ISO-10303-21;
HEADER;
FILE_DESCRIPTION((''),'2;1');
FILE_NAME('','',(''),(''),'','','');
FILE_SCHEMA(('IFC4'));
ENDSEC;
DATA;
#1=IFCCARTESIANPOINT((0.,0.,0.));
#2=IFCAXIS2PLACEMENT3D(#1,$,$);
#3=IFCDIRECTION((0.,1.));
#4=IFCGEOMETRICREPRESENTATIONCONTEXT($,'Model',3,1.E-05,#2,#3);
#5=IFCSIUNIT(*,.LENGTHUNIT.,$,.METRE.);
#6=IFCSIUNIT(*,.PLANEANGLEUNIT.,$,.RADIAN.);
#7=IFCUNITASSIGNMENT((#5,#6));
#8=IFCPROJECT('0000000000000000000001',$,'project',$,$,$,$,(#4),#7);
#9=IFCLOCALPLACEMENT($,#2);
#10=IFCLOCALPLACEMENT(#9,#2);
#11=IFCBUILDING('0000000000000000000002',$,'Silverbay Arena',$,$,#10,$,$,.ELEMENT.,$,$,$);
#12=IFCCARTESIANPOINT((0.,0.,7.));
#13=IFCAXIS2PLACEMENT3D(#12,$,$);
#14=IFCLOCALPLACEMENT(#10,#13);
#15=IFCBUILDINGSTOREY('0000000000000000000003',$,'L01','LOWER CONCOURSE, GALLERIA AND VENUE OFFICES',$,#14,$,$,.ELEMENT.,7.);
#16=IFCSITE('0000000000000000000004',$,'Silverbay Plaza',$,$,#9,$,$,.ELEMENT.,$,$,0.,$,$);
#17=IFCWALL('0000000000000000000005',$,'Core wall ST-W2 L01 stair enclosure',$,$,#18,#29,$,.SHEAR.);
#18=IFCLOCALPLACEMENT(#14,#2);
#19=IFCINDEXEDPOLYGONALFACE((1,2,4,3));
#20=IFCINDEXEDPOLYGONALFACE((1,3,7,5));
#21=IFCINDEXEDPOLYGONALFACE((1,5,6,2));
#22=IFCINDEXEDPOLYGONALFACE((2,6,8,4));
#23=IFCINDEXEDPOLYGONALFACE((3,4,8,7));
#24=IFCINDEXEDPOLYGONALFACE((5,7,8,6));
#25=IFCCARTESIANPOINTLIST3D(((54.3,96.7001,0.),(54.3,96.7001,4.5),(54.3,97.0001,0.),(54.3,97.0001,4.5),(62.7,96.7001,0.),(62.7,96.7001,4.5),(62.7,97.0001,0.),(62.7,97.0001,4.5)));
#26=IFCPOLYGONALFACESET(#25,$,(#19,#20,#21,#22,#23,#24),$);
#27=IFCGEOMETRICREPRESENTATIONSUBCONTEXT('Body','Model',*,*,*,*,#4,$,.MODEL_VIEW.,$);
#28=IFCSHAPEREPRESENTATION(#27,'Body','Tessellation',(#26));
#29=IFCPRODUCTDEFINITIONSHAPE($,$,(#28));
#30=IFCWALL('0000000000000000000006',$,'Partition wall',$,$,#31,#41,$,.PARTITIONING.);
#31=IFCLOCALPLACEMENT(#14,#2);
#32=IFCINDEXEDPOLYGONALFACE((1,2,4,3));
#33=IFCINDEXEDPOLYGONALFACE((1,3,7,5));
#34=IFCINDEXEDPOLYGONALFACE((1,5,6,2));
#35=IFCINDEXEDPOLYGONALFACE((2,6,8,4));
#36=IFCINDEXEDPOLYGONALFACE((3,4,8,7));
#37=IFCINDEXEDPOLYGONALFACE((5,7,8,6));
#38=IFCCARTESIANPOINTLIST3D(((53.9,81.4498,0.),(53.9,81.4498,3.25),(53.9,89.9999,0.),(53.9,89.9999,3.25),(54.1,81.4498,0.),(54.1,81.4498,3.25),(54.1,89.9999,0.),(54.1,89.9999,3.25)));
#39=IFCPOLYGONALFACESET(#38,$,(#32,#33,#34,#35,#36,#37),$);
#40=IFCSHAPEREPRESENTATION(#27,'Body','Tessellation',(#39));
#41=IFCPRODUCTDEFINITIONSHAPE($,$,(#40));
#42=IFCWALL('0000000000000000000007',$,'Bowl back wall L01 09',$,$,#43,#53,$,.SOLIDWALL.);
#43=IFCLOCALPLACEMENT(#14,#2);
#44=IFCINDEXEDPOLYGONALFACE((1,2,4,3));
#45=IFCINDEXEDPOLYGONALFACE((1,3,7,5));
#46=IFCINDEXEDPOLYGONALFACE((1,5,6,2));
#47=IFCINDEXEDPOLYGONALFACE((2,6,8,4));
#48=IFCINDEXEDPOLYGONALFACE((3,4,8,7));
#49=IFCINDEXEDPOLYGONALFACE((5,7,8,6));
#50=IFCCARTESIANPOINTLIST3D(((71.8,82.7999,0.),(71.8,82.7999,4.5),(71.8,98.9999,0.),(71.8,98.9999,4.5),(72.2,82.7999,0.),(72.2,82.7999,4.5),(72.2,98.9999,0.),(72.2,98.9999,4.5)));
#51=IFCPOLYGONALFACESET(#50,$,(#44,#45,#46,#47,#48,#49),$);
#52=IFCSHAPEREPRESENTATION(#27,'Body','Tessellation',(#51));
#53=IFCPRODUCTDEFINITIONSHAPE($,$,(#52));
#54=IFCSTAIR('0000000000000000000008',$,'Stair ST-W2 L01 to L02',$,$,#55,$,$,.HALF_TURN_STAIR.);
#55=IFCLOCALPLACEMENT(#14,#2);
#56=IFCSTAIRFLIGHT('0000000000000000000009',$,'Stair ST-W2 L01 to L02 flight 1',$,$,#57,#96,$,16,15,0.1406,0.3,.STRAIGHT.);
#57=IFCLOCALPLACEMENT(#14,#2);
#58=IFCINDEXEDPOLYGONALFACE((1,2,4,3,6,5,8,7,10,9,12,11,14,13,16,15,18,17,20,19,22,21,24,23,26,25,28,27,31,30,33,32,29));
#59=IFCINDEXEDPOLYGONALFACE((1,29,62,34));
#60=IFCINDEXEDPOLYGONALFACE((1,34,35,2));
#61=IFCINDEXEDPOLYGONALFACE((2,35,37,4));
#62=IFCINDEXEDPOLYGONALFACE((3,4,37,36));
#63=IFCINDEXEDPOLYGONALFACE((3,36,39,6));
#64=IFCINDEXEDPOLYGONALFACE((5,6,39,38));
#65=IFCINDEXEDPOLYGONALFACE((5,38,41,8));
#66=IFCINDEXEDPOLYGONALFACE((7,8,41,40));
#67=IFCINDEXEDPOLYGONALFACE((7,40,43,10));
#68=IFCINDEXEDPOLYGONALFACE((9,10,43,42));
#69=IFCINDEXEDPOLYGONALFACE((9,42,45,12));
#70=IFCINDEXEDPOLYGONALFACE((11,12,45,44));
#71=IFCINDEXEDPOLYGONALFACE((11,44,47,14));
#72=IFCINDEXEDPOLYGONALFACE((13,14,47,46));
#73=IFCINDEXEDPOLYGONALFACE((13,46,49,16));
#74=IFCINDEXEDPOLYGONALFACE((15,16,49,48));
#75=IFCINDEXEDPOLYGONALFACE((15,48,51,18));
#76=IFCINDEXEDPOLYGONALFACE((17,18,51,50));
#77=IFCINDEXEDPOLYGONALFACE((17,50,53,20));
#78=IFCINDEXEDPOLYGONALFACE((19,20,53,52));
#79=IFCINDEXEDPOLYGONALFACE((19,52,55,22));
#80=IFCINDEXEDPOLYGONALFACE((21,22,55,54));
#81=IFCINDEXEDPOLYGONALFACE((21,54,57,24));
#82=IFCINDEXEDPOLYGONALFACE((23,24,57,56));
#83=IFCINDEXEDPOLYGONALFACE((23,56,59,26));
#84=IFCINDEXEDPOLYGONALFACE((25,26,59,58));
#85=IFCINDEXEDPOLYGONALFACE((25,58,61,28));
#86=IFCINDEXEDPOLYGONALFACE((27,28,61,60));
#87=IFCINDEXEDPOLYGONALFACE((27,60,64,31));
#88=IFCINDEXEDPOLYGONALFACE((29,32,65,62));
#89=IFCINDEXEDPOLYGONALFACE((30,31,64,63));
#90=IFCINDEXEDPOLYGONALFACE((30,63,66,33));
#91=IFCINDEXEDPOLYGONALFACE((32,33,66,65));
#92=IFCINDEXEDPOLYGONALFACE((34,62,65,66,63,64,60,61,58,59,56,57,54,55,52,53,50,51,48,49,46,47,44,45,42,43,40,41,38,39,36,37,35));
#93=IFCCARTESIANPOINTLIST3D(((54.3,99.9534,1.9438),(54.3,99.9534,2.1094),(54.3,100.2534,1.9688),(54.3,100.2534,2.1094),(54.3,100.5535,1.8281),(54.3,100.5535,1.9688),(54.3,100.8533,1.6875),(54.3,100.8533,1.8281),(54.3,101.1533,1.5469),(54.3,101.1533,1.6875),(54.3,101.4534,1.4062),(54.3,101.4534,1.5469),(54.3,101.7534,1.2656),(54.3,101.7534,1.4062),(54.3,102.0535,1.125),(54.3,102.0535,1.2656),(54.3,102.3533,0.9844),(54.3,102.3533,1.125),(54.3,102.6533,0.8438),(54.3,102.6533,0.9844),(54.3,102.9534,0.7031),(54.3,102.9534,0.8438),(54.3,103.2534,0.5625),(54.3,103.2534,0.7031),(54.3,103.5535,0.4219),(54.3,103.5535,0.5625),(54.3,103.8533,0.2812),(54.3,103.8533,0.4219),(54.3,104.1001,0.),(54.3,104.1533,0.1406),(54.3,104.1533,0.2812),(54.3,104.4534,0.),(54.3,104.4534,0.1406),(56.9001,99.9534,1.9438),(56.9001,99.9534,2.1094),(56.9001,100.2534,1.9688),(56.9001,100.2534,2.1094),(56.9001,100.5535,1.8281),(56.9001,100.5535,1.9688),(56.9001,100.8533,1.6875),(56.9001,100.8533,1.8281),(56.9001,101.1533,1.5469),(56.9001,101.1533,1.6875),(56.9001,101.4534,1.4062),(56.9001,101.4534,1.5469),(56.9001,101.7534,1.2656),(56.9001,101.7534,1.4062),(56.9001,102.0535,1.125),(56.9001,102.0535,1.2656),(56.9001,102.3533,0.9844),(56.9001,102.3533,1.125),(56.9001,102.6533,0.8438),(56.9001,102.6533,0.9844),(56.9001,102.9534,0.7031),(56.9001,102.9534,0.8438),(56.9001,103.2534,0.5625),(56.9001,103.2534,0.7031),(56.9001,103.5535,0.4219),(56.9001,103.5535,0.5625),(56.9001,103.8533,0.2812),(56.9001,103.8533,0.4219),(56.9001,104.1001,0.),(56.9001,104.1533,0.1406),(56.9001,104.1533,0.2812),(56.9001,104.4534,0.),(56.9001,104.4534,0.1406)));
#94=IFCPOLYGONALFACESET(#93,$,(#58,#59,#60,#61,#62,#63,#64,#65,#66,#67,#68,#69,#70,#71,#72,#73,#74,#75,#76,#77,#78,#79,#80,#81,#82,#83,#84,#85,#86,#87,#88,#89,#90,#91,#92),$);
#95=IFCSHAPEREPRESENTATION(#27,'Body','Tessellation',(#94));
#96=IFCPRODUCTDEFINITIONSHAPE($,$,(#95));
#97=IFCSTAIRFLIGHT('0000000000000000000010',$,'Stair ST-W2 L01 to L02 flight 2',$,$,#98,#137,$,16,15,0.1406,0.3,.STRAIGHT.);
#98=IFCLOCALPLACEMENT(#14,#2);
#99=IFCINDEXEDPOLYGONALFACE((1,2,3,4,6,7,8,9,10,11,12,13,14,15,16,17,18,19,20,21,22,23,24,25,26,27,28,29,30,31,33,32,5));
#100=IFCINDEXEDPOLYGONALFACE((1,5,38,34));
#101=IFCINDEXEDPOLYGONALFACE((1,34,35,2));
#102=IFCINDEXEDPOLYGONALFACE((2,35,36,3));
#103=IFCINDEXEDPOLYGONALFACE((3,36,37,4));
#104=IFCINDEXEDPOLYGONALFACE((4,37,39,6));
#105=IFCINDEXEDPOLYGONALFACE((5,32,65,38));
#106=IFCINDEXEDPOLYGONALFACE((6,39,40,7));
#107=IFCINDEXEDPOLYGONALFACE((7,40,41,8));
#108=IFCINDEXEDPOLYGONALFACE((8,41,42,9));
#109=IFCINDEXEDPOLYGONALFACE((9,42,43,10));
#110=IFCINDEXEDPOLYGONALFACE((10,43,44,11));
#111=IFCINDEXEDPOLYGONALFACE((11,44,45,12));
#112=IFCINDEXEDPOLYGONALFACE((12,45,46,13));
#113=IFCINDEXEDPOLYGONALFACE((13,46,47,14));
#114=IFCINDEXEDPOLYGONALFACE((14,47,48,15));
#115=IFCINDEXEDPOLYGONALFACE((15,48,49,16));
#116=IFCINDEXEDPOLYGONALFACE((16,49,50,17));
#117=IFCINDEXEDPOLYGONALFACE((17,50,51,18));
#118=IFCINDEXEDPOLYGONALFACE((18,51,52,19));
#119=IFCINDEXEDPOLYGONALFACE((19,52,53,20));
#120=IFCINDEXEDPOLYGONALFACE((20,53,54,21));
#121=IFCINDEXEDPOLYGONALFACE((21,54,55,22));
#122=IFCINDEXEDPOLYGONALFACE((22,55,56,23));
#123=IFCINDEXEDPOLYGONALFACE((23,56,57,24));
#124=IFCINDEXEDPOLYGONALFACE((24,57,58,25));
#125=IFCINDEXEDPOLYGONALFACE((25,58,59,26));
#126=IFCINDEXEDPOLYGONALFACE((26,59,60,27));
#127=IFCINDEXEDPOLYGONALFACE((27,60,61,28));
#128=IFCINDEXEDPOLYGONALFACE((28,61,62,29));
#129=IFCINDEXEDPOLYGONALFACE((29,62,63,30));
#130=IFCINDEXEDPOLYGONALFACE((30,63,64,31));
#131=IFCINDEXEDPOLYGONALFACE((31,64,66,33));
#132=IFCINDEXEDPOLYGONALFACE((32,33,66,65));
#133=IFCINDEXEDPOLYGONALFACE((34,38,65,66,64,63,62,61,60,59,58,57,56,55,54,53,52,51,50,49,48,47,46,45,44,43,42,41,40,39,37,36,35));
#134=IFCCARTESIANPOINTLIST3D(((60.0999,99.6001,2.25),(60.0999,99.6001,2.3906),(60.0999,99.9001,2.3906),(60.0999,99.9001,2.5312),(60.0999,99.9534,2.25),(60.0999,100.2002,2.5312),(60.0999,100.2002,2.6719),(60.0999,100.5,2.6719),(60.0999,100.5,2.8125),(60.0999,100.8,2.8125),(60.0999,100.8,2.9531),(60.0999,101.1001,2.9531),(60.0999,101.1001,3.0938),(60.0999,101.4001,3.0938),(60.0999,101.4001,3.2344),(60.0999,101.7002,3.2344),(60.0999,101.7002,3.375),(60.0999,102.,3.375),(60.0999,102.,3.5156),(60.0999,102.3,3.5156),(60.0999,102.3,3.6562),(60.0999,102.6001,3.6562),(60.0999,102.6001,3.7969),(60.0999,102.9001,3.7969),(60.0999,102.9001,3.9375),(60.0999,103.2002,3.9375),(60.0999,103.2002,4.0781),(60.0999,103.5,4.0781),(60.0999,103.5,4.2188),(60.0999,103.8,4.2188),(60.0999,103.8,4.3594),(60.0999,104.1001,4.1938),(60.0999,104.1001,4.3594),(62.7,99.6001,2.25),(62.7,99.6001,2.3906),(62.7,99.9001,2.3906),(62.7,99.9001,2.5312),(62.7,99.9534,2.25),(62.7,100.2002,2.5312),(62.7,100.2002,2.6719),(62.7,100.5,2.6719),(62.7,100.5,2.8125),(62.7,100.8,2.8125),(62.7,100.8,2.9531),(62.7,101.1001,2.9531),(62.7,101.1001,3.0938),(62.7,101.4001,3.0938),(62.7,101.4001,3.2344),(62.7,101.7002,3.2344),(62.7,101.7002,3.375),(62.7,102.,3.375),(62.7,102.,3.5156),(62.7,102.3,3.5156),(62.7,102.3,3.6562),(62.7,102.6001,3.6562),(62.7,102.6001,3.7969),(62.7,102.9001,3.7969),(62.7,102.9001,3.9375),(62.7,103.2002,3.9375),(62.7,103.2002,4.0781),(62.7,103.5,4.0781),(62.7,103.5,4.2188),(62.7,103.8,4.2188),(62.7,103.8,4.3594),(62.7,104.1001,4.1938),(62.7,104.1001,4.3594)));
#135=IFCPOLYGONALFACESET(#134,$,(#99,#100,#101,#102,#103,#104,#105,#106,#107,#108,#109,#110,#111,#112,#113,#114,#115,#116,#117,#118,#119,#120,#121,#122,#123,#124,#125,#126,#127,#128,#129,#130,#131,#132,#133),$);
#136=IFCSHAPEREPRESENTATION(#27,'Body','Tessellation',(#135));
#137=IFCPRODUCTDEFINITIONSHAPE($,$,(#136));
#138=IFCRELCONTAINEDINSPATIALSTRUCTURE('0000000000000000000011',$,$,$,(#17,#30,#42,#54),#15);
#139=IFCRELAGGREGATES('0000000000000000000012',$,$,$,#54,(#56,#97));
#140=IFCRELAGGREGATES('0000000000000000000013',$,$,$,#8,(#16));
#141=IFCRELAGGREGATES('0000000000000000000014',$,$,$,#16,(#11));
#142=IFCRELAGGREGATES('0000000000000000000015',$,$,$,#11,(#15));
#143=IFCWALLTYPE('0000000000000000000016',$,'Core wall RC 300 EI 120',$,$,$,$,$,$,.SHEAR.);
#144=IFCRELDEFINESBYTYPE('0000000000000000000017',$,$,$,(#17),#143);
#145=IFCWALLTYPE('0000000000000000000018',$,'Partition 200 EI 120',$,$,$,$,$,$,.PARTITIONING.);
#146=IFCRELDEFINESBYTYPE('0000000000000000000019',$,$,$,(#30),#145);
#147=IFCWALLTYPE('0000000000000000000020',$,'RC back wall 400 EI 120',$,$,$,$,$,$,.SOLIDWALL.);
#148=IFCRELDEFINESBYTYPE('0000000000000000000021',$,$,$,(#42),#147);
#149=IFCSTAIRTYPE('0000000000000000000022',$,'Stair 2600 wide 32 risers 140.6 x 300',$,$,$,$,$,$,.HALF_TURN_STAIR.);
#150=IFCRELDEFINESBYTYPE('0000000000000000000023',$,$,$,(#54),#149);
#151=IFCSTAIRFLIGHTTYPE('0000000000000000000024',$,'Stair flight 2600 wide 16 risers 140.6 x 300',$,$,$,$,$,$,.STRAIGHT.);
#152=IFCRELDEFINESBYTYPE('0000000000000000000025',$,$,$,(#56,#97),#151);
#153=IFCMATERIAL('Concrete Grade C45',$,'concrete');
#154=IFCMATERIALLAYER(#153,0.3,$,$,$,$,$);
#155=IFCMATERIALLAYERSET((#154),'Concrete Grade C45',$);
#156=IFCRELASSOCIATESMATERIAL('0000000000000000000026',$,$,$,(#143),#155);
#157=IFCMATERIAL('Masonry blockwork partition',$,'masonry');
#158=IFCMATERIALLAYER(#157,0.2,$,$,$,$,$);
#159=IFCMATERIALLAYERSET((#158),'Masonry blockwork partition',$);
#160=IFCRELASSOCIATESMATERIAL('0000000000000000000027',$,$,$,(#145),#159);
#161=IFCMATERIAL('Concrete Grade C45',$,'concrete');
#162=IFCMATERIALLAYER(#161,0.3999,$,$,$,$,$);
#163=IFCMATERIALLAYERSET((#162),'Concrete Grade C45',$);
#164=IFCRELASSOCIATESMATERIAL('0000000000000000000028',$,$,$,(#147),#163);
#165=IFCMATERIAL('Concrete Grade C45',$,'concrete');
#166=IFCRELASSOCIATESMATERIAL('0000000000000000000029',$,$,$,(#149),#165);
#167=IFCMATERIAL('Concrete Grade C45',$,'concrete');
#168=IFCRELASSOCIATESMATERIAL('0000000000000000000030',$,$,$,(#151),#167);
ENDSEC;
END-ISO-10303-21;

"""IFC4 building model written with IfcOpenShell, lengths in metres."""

from ifc_helpers import new_model, si_unit, direction, frame, frame_2d, origin, place, context, subcontext, project, spatial, polyline, rectangle, outline, extrude, material, layer, layer_set, type_object, element, aggregate, save


model = new_model("IFC4")

# Units and contexts
model_context = context("Model", 3, precision=1e-05, world=origin(), true_north=direction((0.0, 1.0)))
body_context = subcontext(model_context, "Body", "Model", "MODEL_VIEW")
ifc_project = project(units=[si_unit("LENGTHUNIT", "METRE"), si_unit("PLANEANGLEUNIT", "RADIAN")], contexts=[model_context])

# Site, building, storey
site_placement = place(None, origin())
site = spatial("IfcSite", under=ifc_project, at=site_placement, Name="Silverbay Plaza", CompositionType="ELEMENT", RefElevation=0.0)
building_placement = place(site_placement, origin())
building = spatial("IfcBuilding", under=site, at=building_placement, Name="Silverbay Arena", CompositionType="ELEMENT")
storey_placement = place(building_placement, frame((0.0, 0.0, 7.0)))
storey = spatial("IfcBuildingStorey", under=building, at=storey_placement, Name="L01", Description="LOWER CONCOURSE, GALLERIA AND VENUE OFFICES", CompositionType="ELEMENT", Elevation=7.0)

# Walls
ifc_material_1 = material(Name="Concrete Grade C45", Category="concrete")
ifc_layer_1 = layer(ifc_material_1, 0.3)
ifc_layer_set_1 = layer_set([ifc_layer_1], Name="Concrete Grade C45")
wall_type_1 = type_object("IfcWallType", Name="Core wall RC 300 EI 120", PredefinedType="SHEAR", material=ifc_layer_set_1)
for number, where, z_axis, x_axis, name in (
    (1, (62.7, 96.8501, 0.0), (0.0, 0.0, 1.0), (-1.0, 0.0, 0.0), "Core wall ST-W2 L01 stair enclosure"),
):
    element("IfcWall", number, at=place(storey_placement, frame(where, z_axis=z_axis, x_axis=x_axis)), inside=storey, type_object=wall_type_1, Name=name, PredefinedType="SHEAR", context=body_context, shape_type="SweptSolid", body=[
        extrude(rectangle(XDim=8.3999, YDim=0.3, at=frame_2d((4.2, 0.0))), origin(), (0.0, 0.0, 1.0), 4.5),
    ])
ifc_material_2 = material(Name="Masonry blockwork partition", Category="masonry")
ifc_layer_2 = layer(ifc_material_2, 0.2)
ifc_layer_set_2 = layer_set([ifc_layer_2], Name="Masonry blockwork partition")
wall_type_2 = type_object("IfcWallType", Name="Partition 200 EI 120", PredefinedType="PARTITIONING", material=ifc_layer_set_2)
wall_1_placement = place(storey_placement, frame((54.0, 81.45, 0.0), z_axis=(0.0, 0.0, 1.0), x_axis=(0.0, 1.0, 0.0)))
element("IfcWall", 2, at=wall_1_placement, inside=storey, type_object=wall_type_2, Name="Partition wall", PredefinedType="PARTITIONING", context=body_context, shape_type="SweptSolid", body=[
    extrude(rectangle(XDim=8.55, YDim=0.2, at=frame_2d((4.2749, 0.0))), origin(), (0.0, 0.0, 1.0), 3.25),
])
ifc_material_3 = material(Name="Concrete Grade C45", Category="concrete")
ifc_layer_3 = layer(ifc_material_3, 0.3999)
ifc_layer_set_3 = layer_set([ifc_layer_3], Name="Concrete Grade C45")
wall_type_3 = type_object("IfcWallType", Name="RC back wall 400 EI 120", PredefinedType="SOLIDWALL", material=ifc_layer_set_3)
wall_2_placement = place(storey_placement, frame((72.0, 99.0, 0.0), z_axis=(0.0, 0.0, 1.0), x_axis=(0.0, -1.0, 0.0)))
element("IfcWall", 3, at=wall_2_placement, inside=storey, type_object=wall_type_3, Name="Bowl back wall L01 09", PredefinedType="SOLIDWALL", context=body_context, shape_type="SweptSolid", body=[
    extrude(rectangle(XDim=16.2, YDim=0.3999, at=frame_2d((8.1001, 0.0))), origin(), (0.0, 0.0, 1.0), 4.5),
])

# Stair, stair flights
ifc_material_4 = material(Name="Concrete Grade C45", Category="concrete")
stair_type = type_object("IfcStairType", Name="Stair 2600 wide 32 risers 140.6 x 300", PredefinedType="HALF_TURN_STAIR", material=ifc_material_4)
stair_placement = place(storey_placement, origin())
stair = element("IfcStair", 4, at=stair_placement, inside=storey, type_object=stair_type, Name="Stair ST-W2 L01 to L02", PredefinedType="HALF_TURN_STAIR")
ifc_material_5 = material(Name="Concrete Grade C45", Category="concrete")
stair_flight_type = type_object("IfcStairFlightType", Name="Stair flight 2600 wide 16 risers 140.6 x 300", PredefinedType="STRAIGHT", material=ifc_material_5)
stair_flight_1_placement = place(storey_placement, frame((55.6001, 104.4534, 0.0), z_axis=(0.0, 0.0, 1.0), x_axis=(0.0, -1.0, 0.0)))
stair_flight_1 = element("IfcStairFlight", 5, at=stair_flight_1_placement, type_object=stair_flight_type, Name="Stair ST-W2 L01 to L02 flight 1", NumberOfRisers=16, NumberOfTreads=15, PredefinedType="STRAIGHT", RiserHeight=0.1406, TreadLength=0.3, context=body_context, shape_type="SweptSolid", body=[
    extrude(outline(polyline([(0.0, 0.0), (0.0, 0.1406), (0.3, 0.1406), (0.3, 0.2812), (0.6001, 0.2812), (0.6001, 0.4219), (0.8999, 0.4219), (0.8999, 0.5625), (1.2, 0.5625), (1.2, 0.7031), (1.5, 0.7031), (1.5, 0.8438), (1.8, 0.8438), (1.8, 0.9844), (2.1001, 0.9844), (2.1001, 1.125), (2.3999, 1.125), (2.3999, 1.2656), (2.7, 1.2656), (2.7, 1.4062), (3.0, 1.4062), (3.0, 1.5469), (3.3, 1.5469), (3.3, 1.6875), (3.6001, 1.6875), (3.6001, 1.8281), (3.8999, 1.8281), (3.8999, 1.9688), (4.2, 1.9688), (4.2, 2.1094), (4.5, 2.1094), (4.5, 1.9438), (0.3533, 0.0), (0.0, 0.0)])), frame((0.0, 1.3, 0.0), z_axis=(0.0, -1.0, 0.0), x_axis=(1.0, 0.0, 0.0)), (0.0, 0.0, 1.0), 2.6001),
])
stair_flight_2_placement = place(storey_placement, frame((61.3999, 99.6001, 2.25), z_axis=(0.0, 0.0, 1.0), x_axis=(0.0, 1.0, 0.0)))
stair_flight_2 = element("IfcStairFlight", 6, at=stair_flight_2_placement, type_object=stair_flight_type, Name="Stair ST-W2 L01 to L02 flight 2", NumberOfRisers=16, NumberOfTreads=15, PredefinedType="STRAIGHT", RiserHeight=0.1406, TreadLength=0.3, context=body_context, shape_type="SweptSolid", body=[
    extrude(outline(polyline([(0.0, 0.0), (0.0, 0.1406), (0.3, 0.1406), (0.3, 0.2812), (0.6001, 0.2812), (0.6001, 0.4219), (0.8999, 0.4219), (0.8999, 0.5625), (1.2, 0.5625), (1.2, 0.7031), (1.5, 0.7031), (1.5, 0.8438), (1.8, 0.8438), (1.8, 0.9844), (2.1001, 0.9844), (2.1001, 1.125), (2.3999, 1.125), (2.3999, 1.2656), (2.7, 1.2656), (2.7, 1.4062), (3.0, 1.4062), (3.0, 1.5469), (3.3, 1.5469), (3.3, 1.6875), (3.6001, 1.6875), (3.6001, 1.8281), (3.8999, 1.8281), (3.8999, 1.9688), (4.2, 1.9688), (4.2, 2.1094), (4.5, 2.1094), (4.5, 1.9438), (0.3533, 0.0), (0.0, 0.0)])), frame((0.0, 1.3, 0.0), z_axis=(0.0, -1.0, 0.0), x_axis=(1.0, 0.0, 0.0)), (0.0, 0.0, 1.0), 2.6001),
])
aggregate(stair, [stair_flight_1, stair_flight_2])

save(model, "model.ifc")
